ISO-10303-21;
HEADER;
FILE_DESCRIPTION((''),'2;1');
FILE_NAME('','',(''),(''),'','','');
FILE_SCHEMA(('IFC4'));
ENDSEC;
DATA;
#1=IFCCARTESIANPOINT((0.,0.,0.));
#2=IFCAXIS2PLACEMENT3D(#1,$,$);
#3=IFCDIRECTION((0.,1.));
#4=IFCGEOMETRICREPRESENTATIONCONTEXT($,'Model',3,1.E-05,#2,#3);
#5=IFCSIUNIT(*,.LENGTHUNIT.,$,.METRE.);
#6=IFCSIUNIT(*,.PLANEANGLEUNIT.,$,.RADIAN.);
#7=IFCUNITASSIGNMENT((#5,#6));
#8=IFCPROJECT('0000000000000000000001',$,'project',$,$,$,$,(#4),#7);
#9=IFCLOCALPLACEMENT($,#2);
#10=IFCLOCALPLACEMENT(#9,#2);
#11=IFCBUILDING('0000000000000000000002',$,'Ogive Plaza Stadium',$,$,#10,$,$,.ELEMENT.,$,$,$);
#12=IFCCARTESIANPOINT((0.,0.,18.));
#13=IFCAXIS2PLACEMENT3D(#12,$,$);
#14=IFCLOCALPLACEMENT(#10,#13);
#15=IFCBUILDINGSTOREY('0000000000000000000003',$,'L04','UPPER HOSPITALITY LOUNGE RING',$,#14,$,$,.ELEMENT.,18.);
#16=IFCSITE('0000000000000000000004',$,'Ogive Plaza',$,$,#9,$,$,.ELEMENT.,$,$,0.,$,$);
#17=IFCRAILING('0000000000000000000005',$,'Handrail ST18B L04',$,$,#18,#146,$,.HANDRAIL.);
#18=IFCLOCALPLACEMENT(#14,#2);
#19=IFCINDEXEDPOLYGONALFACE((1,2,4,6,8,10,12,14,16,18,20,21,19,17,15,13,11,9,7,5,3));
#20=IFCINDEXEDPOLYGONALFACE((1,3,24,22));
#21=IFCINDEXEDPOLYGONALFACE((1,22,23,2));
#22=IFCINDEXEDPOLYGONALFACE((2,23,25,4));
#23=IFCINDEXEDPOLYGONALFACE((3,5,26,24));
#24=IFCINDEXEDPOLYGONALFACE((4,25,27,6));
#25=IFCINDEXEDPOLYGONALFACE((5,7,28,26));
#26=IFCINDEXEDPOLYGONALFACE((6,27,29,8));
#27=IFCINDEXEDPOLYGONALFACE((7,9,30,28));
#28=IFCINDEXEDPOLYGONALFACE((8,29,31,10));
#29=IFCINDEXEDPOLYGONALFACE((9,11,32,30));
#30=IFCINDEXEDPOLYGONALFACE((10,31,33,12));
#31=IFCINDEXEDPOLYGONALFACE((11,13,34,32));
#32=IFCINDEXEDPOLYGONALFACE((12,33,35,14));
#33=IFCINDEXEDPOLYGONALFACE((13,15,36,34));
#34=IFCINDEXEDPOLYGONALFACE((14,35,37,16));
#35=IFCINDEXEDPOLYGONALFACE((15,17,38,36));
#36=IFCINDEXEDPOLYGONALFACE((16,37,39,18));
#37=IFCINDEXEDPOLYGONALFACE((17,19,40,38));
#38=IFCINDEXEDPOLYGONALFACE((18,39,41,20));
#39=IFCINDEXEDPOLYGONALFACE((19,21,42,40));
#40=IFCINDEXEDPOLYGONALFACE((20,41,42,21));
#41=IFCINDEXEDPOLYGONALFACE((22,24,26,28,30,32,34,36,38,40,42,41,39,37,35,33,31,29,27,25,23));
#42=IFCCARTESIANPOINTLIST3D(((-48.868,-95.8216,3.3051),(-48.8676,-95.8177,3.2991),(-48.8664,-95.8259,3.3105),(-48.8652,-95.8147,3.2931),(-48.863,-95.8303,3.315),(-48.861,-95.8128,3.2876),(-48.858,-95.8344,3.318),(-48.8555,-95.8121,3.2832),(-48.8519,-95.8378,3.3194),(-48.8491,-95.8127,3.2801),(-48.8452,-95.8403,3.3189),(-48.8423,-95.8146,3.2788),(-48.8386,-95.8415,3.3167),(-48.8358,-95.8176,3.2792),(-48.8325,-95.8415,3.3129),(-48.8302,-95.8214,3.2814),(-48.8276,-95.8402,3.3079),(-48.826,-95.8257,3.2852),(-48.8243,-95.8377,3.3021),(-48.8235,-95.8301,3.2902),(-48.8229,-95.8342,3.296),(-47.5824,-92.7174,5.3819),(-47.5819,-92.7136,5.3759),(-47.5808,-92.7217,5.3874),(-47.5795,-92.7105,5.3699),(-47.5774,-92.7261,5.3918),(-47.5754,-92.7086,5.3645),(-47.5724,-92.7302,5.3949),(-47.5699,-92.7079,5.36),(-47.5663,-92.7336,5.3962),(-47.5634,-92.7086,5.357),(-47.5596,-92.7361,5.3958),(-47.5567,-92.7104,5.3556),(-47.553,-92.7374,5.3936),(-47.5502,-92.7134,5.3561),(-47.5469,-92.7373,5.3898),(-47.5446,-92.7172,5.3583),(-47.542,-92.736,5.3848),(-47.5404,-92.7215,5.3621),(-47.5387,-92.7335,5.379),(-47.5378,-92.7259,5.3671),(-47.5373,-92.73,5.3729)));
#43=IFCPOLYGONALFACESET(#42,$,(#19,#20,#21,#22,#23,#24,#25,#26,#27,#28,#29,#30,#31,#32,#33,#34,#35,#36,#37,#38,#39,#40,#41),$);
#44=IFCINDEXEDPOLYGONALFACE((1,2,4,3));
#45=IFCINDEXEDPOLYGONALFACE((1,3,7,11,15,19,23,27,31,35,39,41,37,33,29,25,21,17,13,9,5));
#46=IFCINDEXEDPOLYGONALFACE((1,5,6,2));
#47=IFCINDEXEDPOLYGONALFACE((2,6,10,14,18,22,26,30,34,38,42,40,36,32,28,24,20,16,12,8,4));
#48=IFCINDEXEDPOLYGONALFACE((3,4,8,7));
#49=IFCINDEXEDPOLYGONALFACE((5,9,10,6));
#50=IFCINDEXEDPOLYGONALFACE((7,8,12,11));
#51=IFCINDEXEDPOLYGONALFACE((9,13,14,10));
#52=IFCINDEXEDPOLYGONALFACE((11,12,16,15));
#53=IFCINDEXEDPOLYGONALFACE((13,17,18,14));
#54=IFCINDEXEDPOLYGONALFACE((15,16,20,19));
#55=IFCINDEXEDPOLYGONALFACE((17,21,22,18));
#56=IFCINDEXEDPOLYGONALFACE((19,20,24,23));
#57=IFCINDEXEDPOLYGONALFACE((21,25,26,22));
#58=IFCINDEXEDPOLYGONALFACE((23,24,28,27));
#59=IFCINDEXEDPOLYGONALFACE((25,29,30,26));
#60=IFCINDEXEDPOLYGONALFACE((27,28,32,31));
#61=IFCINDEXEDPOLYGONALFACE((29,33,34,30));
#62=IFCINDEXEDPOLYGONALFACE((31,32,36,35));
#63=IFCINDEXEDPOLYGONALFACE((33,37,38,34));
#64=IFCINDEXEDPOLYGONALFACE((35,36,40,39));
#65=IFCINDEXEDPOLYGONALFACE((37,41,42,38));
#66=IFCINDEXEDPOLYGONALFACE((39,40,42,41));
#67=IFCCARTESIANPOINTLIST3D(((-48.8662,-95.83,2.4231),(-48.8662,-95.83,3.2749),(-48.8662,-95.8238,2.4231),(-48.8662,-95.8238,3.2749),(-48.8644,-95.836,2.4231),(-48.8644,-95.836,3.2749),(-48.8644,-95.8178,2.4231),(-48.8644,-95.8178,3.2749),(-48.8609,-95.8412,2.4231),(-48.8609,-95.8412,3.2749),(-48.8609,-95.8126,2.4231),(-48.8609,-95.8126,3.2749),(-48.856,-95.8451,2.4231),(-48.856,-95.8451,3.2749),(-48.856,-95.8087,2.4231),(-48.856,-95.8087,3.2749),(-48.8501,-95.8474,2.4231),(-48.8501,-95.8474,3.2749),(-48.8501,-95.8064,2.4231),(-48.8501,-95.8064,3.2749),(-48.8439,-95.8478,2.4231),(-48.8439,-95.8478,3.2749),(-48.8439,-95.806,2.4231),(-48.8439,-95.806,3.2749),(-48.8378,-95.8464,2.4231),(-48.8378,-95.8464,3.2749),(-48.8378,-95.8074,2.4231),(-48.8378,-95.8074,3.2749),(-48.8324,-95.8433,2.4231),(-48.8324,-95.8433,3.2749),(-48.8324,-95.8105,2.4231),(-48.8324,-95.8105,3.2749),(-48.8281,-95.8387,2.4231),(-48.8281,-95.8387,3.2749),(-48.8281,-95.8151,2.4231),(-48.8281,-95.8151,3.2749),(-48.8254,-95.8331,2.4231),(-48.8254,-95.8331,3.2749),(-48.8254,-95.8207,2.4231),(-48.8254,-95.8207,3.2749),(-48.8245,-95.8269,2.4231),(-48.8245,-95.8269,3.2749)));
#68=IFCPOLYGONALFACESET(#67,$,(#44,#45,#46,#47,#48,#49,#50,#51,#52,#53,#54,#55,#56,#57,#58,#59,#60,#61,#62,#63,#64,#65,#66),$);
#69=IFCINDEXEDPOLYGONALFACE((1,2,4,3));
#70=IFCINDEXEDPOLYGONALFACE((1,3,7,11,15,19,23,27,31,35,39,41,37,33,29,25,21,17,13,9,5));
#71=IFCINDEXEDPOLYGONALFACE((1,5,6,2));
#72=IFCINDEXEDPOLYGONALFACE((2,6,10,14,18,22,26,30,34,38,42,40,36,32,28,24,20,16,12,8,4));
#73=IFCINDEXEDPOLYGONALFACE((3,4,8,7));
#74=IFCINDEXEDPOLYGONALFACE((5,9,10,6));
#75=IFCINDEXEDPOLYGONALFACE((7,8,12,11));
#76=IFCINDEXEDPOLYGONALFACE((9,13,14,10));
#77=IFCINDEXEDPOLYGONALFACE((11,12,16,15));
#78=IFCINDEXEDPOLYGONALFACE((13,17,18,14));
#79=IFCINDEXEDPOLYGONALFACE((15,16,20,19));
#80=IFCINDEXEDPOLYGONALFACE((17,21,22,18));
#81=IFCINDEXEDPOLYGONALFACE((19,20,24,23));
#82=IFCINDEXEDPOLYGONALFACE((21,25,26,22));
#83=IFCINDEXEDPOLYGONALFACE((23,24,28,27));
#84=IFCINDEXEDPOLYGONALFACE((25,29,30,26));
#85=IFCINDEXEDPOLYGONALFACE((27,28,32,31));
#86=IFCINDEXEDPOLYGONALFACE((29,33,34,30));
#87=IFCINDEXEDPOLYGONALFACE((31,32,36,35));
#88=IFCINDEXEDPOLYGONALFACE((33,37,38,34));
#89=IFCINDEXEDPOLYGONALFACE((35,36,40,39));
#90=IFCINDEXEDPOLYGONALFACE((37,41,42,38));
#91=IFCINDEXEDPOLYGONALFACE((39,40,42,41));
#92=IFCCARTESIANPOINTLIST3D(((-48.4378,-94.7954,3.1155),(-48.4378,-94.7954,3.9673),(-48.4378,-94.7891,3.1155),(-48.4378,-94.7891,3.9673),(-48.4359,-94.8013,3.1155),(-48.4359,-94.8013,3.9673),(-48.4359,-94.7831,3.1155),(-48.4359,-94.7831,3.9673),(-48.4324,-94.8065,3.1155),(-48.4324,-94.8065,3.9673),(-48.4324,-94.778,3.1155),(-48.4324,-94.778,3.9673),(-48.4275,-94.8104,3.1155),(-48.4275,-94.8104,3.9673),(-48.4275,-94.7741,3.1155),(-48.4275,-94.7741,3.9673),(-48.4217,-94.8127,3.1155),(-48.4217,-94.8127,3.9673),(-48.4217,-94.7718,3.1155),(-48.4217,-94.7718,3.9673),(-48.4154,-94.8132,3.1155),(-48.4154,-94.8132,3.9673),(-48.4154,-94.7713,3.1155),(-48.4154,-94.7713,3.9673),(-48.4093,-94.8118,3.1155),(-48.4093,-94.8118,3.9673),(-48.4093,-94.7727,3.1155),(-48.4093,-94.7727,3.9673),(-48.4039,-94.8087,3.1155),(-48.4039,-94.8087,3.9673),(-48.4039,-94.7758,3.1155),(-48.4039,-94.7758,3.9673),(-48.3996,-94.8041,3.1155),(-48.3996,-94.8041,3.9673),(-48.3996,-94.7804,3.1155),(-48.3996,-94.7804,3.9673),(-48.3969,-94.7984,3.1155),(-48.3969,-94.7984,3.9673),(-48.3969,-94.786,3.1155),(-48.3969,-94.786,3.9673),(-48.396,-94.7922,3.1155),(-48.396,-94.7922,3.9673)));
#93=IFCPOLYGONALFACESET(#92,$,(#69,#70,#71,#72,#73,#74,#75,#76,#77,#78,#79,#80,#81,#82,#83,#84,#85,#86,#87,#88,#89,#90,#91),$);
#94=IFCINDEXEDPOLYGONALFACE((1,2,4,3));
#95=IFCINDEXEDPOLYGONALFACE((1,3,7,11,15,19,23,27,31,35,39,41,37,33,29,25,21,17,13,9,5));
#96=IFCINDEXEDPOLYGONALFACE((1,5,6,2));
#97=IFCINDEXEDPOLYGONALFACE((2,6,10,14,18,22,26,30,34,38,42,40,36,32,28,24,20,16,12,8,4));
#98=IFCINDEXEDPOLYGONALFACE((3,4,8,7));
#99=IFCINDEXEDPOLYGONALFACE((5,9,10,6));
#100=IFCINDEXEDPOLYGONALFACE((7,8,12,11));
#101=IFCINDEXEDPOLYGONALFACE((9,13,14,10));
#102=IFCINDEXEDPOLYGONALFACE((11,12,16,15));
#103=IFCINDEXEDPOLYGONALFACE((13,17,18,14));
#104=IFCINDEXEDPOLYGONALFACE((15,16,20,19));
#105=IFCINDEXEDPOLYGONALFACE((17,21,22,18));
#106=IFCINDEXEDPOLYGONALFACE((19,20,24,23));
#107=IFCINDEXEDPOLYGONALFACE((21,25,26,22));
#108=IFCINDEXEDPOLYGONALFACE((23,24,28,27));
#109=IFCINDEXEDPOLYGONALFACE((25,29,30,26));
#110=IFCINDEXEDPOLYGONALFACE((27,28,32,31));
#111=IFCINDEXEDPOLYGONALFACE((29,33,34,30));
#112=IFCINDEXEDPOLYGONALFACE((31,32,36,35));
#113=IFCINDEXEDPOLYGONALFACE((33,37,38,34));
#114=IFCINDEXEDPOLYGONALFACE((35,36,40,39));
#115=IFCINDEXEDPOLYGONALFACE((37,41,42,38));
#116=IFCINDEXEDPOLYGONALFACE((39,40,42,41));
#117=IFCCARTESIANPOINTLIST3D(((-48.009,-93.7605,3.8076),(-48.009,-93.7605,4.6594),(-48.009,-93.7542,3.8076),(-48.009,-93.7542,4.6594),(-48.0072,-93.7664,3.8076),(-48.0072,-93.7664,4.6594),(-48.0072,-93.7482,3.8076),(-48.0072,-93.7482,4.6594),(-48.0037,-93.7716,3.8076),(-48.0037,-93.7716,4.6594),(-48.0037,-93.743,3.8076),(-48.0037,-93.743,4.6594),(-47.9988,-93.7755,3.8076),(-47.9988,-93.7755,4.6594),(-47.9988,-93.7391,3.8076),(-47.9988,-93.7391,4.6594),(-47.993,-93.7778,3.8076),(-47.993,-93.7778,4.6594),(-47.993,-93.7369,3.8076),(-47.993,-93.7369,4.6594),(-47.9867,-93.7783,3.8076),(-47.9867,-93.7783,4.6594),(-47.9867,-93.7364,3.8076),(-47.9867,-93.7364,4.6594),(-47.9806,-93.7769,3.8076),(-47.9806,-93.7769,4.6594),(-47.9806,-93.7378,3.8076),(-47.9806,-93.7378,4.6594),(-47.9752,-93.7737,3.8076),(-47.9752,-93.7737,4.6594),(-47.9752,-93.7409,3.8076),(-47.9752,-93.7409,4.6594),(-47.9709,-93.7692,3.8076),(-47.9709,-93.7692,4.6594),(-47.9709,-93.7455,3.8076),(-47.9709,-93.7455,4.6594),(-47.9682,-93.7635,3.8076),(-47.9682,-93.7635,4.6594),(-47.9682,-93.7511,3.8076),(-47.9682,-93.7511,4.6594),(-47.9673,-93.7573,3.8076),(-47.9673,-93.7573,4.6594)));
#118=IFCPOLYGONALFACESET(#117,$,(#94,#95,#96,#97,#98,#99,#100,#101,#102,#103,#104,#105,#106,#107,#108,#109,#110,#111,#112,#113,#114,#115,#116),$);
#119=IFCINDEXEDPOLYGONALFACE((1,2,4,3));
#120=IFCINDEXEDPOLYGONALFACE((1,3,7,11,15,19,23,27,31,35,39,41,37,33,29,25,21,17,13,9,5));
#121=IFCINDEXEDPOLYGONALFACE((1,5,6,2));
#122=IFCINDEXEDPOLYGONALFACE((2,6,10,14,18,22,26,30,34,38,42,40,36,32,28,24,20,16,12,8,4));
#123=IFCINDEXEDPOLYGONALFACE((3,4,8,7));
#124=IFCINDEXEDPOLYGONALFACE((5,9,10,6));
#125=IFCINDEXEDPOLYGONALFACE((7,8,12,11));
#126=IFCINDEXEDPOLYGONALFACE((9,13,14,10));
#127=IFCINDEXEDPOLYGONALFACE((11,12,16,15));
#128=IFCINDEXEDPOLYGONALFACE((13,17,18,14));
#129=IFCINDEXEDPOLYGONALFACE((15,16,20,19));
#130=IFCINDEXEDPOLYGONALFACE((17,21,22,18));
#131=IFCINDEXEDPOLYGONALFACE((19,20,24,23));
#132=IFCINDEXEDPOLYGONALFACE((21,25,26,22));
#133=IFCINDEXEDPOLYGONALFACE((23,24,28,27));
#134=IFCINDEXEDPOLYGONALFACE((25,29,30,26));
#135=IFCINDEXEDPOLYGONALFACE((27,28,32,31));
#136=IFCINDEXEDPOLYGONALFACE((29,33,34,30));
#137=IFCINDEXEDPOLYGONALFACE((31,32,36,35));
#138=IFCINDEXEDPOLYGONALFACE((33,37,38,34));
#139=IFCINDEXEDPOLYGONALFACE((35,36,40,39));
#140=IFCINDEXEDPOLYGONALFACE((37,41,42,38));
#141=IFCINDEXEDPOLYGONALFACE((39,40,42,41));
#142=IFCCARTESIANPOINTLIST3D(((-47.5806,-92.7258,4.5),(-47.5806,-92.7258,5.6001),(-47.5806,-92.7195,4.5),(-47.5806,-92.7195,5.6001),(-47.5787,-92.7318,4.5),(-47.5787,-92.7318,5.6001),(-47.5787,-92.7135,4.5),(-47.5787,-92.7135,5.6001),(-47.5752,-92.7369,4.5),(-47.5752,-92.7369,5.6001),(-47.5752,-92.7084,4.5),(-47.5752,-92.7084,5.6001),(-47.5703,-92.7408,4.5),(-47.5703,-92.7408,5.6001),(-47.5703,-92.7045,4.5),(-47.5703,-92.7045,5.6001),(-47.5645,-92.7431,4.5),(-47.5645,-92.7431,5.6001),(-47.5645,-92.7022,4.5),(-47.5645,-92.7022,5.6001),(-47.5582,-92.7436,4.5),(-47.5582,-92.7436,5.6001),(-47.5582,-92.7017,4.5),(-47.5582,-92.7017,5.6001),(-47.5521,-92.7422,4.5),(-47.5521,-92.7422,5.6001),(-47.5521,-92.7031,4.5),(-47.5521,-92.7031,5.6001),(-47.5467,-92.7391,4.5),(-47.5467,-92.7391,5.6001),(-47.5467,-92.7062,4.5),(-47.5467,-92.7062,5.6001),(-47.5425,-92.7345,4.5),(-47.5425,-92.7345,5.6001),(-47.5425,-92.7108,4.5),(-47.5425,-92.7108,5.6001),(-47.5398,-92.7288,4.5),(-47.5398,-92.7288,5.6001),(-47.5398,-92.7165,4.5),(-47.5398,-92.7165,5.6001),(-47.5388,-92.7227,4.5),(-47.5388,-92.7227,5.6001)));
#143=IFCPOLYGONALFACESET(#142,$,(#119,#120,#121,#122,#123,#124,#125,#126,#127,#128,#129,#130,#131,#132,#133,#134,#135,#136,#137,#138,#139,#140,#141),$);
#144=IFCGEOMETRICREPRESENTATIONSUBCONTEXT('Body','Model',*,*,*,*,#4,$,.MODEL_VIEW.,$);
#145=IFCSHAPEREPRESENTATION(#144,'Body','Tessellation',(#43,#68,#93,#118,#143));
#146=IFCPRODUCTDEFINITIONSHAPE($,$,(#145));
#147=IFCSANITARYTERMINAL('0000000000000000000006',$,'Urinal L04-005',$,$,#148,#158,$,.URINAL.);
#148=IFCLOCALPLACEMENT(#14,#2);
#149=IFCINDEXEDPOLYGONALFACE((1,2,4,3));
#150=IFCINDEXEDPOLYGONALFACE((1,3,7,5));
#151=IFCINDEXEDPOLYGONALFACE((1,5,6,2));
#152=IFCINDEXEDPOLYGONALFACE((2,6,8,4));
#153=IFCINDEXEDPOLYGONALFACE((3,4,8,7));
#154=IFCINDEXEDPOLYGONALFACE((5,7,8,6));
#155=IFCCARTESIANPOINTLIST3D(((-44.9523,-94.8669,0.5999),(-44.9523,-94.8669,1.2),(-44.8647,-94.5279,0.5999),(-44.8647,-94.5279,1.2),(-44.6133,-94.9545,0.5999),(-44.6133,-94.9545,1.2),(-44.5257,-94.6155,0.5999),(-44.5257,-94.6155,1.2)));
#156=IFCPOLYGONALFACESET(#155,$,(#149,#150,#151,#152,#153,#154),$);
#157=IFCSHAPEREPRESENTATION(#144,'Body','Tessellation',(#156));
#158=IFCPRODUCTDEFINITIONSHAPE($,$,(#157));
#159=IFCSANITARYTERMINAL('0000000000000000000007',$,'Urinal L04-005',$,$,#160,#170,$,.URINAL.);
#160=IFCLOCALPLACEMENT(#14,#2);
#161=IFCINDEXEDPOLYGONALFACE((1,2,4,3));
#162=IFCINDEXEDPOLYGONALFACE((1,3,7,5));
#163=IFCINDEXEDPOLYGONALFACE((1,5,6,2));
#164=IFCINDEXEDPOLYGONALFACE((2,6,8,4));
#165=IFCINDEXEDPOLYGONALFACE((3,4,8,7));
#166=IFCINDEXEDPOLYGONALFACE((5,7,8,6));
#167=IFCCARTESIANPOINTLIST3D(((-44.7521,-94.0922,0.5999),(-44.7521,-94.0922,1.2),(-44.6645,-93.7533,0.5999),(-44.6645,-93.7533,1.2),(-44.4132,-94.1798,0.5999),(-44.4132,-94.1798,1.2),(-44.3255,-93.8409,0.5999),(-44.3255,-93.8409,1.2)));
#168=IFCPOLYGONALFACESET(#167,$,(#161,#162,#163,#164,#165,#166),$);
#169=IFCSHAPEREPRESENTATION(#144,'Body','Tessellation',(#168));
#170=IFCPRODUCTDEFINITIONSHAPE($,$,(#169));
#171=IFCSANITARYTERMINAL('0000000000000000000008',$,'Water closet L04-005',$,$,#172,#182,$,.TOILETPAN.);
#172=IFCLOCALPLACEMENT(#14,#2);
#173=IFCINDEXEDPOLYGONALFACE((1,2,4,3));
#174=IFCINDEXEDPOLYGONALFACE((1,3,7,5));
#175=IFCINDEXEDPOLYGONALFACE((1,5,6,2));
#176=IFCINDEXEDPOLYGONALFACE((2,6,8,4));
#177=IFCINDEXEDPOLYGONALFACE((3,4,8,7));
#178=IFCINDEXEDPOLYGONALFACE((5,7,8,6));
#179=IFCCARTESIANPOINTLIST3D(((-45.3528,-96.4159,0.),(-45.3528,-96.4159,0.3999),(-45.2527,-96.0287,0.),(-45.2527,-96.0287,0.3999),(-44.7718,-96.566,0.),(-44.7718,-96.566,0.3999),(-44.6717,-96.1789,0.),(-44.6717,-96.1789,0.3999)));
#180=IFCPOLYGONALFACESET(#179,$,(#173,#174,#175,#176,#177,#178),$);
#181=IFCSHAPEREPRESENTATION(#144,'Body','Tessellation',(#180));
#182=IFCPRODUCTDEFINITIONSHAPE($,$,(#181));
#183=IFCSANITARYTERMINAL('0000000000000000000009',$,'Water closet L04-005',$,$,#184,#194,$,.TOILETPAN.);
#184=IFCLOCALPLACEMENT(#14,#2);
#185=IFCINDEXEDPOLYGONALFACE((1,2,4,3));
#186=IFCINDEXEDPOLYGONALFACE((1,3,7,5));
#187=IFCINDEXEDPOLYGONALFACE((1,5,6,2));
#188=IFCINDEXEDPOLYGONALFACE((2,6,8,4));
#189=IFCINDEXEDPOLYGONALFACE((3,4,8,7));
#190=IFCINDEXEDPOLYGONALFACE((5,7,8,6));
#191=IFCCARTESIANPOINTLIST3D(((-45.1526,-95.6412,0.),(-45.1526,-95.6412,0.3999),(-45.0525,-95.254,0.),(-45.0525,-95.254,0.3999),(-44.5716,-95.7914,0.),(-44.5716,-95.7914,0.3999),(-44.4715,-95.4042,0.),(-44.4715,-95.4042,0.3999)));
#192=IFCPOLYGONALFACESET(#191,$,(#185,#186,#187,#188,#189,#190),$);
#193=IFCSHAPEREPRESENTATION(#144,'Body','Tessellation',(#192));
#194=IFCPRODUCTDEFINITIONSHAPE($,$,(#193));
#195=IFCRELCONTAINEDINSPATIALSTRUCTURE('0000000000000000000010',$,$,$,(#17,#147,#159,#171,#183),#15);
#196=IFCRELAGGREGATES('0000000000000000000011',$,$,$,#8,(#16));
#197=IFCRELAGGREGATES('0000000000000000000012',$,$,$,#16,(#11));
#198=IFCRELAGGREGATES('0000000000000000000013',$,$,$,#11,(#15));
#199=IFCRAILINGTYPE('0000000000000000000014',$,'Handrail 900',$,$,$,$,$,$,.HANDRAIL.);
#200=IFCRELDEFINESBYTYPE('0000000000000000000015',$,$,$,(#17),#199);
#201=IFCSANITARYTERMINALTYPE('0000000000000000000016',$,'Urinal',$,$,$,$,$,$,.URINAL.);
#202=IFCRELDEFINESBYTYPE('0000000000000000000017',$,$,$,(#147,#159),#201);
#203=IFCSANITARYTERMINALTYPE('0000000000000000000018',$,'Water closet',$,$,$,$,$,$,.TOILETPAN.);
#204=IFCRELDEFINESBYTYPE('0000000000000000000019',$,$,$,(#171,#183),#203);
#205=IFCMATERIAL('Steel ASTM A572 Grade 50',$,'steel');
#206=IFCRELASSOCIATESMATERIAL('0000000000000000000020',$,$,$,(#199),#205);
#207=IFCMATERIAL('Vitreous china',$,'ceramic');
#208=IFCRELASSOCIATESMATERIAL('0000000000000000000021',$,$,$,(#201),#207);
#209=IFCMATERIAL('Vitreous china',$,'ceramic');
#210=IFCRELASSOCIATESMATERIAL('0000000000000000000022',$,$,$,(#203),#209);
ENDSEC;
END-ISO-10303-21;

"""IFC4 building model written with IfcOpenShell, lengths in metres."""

from ifc_helpers import new_model, si_unit, direction, frame, origin, origin_2d, place, context, subcontext, project, spatial, rectangle, circle, extrude, material, type_object, element, save


model = new_model("IFC4")

# Units and contexts
model_context = context("Model", 3, precision=1e-05, world=origin(), true_north=direction((0.0, 1.0)))
body_context = subcontext(model_context, "Body", "Model", "MODEL_VIEW")
ifc_project = project(units=[si_unit("LENGTHUNIT", "METRE"), si_unit("PLANEANGLEUNIT", "RADIAN")], contexts=[model_context])

# Site, building, storey
site_placement = place(None, origin())
site = spatial("IfcSite", under=ifc_project, at=site_placement, Name="Ogive Plaza", CompositionType="ELEMENT", RefElevation=0.0)
building_placement = place(site_placement, origin())
building = spatial("IfcBuilding", under=site, at=building_placement, Name="Ogive Plaza Stadium", CompositionType="ELEMENT")
storey_placement = place(building_placement, frame((0.0, 0.0, 18.0)))
storey = spatial("IfcBuildingStorey", under=building, at=storey_placement, Name="L04", Description="UPPER HOSPITALITY LOUNGE RING", CompositionType="ELEMENT", Elevation=18.0)

# Railing
ifc_material_1 = material(Name="Steel ASTM A572 Grade 50", Category="steel")
railing_type_1 = type_object("IfcRailingType", Name="Handrail 900", PredefinedType="HANDRAIL", material=ifc_material_1)
railing_1_placement = place(storey_placement, frame((-48.8455, -95.8269, 2.4231)))
element("IfcRailing", 1, at=railing_1_placement, inside=storey, type_object=railing_type_1, Name="Handrail ST18B L04", PredefinedType="HANDRAIL", context=body_context, shape_type="SweptSolid", body=[
    extrude(circle(Radius=0.0239, at=origin_2d()), frame((0.0, 0.0, 0.876), z_axis=(0.325477, 0.785879, 0.525794), x_axis=(-0.923898, 0.382638, 0.0)), (0.0, 0.0, 1.0), 3.95),
    extrude(circle(Radius=0.021, at=origin_2d()), origin(), (0.0, 0.0, 1.0), 0.8518),
    extrude(circle(Radius=0.021, at=origin_2d()), frame((0.4285, 1.0347, 0.6924)), (0.0, 0.0, 1.0), 0.8518),
    extrude(circle(Radius=0.021, at=origin_2d()), frame((0.8572, 2.0696, 1.3845)), (0.0, 0.0, 1.0), 0.8518),
    extrude(circle(Radius=0.021, at=origin_2d()), frame((1.2856, 3.1042, 2.0769)), (0.0, 0.0, 1.0), 1.1001),
])

# Sanitary terminals
ifc_material_2 = material(Name="Vitreous china", Category="ceramic")
sanitary_terminal_type_1 = type_object("IfcSanitaryTerminalType", Name="Urinal", PredefinedType="URINAL", material=ifc_material_2)
for number, where, z_axis, x_axis, name in (
    (2, (-44.739, -94.7412, 0.5999), (0.0, 0.0, 1.0), (0.250284, 0.968173, 0.0), "Urinal L04-005"),
    (3, (-44.5388, -93.9666, 0.5999), (0.0, 0.0, 1.0), (0.250284, 0.968173, 0.0), "Urinal L04-005"),
):
    element("IfcSanitaryTerminal", number, at=place(storey_placement, frame(where, z_axis=z_axis, x_axis=x_axis)), inside=storey, type_object=sanitary_terminal_type_1, Name=name, PredefinedType="URINAL", context=body_context, shape_type="SweptSolid", body=[
        extrude(rectangle(XDim=0.3501, YDim=0.3501, at=origin_2d()), origin(), (0.0, 0.0, 1.0), 0.6001),
    ])
ifc_material_3 = material(Name="Vitreous china", Category="ceramic")
sanitary_terminal_type_2 = type_object("IfcSanitaryTerminalType", Name="Water closet", PredefinedType="TOILETPAN", material=ifc_material_3)
for number, where, z_axis, x_axis, name in (
    (4, (-45.0122, -96.2974, 0.0), (0.0, 0.0, 1.0), (0.250284, 0.968173, 0.0), "Water closet L04-005"),
    (5, (-44.812, -95.5227, 0.0), (0.0, 0.0, 1.0), (0.250284, 0.968173, 0.0), "Water closet L04-005"),
):
    element("IfcSanitaryTerminal", number, at=place(storey_placement, frame(where, z_axis=z_axis, x_axis=x_axis)), inside=storey, type_object=sanitary_terminal_type_2, Name=name, PredefinedType="TOILETPAN", context=body_context, shape_type="SweptSolid", body=[
        extrude(rectangle(XDim=0.3999, YDim=0.6001, at=origin_2d()), origin(), (0.0, 0.0, 1.0), 0.3999),
    ])

save(model, "model.ifc")
